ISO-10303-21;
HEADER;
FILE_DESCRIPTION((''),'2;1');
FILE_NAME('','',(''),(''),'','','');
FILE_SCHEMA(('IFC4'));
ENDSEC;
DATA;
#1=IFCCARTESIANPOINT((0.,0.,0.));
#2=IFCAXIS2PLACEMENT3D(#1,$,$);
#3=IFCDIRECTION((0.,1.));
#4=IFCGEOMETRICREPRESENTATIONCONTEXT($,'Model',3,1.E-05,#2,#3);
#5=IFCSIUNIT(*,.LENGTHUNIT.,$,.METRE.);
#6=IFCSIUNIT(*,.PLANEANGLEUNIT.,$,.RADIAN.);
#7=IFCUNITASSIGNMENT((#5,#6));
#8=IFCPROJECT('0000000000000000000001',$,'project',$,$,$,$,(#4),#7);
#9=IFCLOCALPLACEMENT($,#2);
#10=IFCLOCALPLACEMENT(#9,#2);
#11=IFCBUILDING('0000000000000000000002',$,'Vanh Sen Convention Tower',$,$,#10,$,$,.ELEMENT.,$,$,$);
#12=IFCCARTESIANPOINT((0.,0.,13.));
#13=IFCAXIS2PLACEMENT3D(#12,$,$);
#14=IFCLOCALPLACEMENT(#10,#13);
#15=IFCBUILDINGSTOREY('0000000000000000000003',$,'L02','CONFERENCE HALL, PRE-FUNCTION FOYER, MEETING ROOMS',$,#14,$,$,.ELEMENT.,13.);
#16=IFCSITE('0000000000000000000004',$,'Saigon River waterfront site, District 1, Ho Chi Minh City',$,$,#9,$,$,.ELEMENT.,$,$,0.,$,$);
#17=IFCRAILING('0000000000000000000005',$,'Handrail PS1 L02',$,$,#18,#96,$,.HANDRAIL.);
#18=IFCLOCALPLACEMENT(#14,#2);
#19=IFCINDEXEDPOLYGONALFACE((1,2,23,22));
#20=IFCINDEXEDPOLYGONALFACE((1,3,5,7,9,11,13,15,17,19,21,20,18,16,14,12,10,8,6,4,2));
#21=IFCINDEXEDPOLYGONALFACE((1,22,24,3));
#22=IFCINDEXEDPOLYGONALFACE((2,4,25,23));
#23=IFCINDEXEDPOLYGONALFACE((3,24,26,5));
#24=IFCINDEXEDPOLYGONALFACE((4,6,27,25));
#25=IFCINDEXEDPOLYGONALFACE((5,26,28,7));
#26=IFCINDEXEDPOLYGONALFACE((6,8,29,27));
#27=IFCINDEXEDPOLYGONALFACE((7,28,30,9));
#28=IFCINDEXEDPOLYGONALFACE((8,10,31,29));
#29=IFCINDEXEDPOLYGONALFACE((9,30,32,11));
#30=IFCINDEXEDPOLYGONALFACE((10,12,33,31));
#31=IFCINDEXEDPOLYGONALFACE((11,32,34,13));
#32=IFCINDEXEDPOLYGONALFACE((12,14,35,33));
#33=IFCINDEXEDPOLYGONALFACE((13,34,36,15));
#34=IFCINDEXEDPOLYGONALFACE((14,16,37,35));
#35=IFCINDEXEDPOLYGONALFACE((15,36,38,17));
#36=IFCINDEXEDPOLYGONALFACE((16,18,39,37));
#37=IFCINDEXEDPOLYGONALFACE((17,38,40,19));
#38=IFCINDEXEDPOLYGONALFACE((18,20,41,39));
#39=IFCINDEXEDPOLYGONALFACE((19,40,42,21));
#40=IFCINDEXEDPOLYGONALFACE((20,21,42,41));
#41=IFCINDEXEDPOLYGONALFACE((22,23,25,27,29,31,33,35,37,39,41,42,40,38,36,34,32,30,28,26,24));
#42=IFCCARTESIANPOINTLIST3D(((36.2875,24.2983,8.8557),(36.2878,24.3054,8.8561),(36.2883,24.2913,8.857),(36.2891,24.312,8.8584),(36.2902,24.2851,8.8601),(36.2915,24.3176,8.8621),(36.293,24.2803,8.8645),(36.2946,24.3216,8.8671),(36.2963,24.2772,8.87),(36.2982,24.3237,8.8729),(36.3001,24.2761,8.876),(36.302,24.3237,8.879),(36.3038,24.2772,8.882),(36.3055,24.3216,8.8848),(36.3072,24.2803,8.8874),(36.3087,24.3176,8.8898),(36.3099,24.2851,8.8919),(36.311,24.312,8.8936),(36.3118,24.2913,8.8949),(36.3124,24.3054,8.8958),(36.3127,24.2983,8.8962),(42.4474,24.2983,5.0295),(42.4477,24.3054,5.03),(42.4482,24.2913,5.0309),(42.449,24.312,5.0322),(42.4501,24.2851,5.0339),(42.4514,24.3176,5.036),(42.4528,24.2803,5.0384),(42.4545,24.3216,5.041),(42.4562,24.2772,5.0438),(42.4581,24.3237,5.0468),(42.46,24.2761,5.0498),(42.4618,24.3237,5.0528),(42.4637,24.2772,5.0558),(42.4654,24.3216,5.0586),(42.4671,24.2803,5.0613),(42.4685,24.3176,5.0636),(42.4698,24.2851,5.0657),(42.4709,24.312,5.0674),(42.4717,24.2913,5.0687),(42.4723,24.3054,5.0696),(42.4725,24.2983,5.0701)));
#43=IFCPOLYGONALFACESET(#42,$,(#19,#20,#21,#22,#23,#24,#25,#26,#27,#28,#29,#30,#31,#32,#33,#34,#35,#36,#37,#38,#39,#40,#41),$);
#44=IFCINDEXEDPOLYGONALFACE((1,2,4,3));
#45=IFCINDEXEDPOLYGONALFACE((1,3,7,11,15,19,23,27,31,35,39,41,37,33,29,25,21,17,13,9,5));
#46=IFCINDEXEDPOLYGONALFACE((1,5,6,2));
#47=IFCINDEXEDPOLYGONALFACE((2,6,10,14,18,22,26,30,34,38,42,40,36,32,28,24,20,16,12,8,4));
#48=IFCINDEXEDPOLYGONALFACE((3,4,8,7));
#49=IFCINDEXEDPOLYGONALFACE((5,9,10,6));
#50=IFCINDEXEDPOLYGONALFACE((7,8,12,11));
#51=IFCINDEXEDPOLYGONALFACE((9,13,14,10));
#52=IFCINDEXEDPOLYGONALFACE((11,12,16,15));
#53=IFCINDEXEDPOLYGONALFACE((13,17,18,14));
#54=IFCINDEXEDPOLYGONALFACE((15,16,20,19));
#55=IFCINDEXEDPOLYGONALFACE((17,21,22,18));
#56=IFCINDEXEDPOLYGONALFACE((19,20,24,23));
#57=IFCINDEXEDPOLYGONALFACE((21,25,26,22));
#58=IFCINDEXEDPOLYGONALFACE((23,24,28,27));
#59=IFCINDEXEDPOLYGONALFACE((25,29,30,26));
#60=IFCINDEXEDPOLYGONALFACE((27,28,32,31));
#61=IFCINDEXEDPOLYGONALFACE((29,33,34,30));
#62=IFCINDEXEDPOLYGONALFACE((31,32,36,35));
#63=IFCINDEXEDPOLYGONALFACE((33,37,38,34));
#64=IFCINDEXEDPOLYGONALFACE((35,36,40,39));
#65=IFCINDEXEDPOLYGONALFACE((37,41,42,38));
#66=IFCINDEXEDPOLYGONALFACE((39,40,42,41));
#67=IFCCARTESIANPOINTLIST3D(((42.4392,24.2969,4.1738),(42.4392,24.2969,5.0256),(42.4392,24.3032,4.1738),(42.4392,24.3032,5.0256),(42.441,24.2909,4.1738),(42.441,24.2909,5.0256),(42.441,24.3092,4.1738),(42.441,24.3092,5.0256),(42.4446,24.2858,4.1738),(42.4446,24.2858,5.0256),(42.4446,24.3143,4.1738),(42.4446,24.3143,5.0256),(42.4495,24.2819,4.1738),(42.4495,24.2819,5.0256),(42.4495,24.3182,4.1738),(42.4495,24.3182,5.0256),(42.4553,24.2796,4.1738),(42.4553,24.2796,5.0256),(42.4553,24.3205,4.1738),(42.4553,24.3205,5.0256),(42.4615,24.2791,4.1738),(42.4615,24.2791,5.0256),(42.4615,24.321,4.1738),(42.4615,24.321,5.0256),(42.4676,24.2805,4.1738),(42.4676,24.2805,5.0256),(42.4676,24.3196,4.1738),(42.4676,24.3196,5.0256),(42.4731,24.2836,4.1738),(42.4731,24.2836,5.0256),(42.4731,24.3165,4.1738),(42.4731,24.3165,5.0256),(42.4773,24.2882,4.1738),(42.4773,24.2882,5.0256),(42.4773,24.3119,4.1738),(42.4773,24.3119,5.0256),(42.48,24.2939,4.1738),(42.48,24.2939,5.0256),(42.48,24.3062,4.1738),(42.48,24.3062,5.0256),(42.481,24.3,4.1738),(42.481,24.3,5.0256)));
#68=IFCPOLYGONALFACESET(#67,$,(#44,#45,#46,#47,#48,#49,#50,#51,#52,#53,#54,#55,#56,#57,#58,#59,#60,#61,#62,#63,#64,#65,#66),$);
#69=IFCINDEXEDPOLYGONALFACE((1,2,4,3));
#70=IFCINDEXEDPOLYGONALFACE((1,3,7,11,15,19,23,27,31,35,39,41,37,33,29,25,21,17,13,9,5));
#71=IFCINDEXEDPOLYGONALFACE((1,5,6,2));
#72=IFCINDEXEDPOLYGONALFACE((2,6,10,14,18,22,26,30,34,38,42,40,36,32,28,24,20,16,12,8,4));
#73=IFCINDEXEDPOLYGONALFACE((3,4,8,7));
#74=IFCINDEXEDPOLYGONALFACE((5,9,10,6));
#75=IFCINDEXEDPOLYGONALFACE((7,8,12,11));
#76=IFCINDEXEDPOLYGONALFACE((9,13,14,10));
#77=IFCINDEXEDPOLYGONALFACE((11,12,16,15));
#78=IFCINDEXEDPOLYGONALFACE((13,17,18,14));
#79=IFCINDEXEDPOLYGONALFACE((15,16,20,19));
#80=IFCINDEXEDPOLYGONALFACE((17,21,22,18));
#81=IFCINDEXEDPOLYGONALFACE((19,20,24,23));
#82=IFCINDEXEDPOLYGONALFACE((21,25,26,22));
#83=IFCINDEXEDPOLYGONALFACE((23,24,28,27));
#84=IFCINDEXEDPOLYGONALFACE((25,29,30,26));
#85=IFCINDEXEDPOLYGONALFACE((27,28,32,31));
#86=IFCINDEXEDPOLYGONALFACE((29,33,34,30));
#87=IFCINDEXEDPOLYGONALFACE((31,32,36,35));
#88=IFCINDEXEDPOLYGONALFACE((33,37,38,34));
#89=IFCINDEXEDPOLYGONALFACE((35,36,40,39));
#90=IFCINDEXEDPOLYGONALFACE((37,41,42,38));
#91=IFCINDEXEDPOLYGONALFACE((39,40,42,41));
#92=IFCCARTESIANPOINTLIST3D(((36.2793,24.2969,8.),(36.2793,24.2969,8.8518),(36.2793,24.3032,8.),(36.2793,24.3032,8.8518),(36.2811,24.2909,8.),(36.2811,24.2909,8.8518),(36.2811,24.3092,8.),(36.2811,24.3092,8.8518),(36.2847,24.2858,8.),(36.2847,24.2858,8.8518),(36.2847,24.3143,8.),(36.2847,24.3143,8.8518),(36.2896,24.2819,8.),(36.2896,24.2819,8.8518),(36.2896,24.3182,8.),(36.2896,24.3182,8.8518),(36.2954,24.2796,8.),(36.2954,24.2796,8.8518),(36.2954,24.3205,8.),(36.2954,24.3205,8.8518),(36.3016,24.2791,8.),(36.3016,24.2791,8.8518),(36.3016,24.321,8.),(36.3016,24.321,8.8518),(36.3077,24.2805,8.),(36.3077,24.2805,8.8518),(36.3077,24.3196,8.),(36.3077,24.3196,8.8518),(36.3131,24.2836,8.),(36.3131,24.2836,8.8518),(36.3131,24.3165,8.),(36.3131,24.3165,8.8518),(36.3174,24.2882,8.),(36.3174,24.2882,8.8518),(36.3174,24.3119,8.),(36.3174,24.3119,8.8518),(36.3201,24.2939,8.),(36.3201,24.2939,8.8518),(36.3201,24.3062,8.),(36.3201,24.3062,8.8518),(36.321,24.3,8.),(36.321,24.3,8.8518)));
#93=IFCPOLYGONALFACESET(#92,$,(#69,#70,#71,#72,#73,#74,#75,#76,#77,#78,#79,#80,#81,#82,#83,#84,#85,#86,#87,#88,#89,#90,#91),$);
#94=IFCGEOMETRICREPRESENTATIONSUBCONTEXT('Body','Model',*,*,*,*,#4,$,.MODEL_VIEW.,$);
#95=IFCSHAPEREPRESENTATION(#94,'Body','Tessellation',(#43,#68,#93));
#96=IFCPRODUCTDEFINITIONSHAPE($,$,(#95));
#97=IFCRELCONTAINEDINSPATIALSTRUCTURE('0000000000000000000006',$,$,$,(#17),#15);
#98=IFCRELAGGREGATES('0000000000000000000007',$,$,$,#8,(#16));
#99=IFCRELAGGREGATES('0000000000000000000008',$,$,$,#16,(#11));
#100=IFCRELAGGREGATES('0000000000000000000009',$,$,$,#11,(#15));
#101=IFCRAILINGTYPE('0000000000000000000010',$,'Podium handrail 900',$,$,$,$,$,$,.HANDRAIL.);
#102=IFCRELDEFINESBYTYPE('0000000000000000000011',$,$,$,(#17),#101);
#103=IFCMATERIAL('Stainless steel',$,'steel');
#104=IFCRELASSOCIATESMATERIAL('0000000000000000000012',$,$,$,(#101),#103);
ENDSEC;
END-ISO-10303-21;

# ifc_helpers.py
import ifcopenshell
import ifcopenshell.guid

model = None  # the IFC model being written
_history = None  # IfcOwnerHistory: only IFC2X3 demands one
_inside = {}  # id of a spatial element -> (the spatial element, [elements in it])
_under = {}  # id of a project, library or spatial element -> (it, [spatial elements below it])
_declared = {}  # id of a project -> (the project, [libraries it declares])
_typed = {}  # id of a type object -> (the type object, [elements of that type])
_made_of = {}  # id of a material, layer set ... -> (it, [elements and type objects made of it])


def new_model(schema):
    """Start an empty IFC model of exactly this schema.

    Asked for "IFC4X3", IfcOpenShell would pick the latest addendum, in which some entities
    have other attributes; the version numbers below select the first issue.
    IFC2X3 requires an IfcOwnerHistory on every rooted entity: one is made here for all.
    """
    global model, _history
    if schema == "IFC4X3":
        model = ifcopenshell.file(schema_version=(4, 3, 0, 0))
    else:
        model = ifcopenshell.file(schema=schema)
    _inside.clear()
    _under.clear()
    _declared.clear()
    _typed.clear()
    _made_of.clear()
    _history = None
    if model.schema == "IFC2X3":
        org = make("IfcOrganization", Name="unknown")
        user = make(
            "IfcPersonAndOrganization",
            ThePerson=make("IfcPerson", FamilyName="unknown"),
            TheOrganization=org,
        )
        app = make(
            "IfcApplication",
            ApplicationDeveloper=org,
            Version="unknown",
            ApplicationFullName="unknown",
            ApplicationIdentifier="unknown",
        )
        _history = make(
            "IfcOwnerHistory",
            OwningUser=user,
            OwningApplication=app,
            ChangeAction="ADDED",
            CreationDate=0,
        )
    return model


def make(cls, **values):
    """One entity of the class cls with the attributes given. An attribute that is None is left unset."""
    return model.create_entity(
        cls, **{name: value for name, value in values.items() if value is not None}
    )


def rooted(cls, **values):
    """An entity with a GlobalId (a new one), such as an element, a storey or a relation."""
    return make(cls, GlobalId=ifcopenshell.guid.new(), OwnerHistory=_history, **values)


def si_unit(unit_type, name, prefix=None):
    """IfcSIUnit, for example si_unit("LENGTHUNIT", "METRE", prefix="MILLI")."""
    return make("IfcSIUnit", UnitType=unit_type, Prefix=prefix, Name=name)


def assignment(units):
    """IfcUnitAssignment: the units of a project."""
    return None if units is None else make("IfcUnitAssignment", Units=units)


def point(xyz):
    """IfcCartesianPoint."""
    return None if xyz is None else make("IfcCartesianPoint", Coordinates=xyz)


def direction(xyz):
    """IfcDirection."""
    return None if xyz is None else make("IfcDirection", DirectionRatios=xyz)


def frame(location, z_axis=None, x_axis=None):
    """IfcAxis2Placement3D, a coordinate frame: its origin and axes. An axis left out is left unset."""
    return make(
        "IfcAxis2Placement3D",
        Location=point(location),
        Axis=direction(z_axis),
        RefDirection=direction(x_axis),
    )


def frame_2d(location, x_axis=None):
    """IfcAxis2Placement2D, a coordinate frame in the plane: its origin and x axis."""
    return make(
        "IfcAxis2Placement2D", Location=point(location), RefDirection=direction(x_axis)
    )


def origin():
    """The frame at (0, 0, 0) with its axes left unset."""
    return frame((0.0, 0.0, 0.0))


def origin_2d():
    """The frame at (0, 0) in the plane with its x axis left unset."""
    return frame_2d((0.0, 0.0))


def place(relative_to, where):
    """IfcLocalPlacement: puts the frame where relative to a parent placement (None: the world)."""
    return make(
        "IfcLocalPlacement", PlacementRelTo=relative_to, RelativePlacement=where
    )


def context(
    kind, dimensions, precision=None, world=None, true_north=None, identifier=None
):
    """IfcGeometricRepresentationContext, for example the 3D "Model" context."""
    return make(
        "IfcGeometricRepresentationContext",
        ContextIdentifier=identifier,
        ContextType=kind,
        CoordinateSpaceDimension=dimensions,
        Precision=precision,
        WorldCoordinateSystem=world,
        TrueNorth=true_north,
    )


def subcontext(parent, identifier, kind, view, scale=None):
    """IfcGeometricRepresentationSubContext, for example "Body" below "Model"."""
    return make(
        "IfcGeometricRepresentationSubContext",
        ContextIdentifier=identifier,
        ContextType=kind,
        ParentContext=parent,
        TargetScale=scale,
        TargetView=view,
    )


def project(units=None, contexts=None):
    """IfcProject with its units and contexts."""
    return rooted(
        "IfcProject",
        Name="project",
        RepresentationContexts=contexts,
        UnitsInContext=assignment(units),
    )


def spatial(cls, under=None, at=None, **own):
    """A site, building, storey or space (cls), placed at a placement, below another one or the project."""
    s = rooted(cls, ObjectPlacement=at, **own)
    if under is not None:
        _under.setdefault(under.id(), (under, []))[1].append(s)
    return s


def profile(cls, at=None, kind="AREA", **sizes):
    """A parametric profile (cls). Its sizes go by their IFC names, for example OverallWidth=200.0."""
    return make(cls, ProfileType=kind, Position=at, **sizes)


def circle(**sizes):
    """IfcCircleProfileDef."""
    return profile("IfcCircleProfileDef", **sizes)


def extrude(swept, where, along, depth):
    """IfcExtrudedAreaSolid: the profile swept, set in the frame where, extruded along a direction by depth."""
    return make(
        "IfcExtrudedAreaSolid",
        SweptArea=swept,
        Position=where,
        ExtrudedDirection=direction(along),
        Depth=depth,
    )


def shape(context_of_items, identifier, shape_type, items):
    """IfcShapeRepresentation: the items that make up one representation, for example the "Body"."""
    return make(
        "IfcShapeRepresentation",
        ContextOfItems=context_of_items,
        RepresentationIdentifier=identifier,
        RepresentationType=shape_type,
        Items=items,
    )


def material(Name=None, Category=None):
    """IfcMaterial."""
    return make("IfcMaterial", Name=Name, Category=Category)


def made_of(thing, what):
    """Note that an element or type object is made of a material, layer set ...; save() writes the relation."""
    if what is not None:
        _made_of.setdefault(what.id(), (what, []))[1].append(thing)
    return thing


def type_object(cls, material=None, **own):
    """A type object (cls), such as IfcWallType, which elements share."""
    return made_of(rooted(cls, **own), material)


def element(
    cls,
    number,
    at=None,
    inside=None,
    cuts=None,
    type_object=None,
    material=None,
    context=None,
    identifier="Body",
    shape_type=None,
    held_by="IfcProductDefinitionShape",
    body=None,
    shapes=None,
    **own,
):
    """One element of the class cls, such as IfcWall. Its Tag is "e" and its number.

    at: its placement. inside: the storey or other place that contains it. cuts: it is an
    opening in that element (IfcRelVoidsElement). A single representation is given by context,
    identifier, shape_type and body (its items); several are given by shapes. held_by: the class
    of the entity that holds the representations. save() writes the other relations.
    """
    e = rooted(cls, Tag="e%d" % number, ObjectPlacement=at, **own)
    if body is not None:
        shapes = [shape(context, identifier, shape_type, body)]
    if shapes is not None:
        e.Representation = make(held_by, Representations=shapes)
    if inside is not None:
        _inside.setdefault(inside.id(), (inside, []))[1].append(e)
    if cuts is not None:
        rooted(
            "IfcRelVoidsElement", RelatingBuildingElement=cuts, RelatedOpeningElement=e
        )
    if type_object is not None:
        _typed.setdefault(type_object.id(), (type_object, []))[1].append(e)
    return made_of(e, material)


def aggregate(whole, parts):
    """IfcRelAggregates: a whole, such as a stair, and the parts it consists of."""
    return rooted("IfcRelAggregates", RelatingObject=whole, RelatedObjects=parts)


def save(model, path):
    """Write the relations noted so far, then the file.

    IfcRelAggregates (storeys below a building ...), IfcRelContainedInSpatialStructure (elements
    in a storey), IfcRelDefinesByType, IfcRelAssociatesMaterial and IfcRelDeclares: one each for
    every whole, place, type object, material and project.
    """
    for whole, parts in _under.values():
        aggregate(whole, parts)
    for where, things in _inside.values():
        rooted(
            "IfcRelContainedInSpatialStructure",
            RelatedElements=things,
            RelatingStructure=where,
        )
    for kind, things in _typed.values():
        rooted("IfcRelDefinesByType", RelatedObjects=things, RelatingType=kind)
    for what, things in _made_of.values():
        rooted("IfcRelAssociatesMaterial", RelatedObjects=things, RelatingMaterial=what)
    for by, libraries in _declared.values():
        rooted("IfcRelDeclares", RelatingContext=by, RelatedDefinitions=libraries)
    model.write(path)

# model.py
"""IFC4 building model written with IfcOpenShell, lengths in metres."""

from ifc_helpers import new_model, si_unit, direction, frame, origin, origin_2d, place, context, subcontext, project, spatial, circle, extrude, material, type_object, element, save


model = new_model("IFC4")

# Units and contexts
model_context = context("Model", 3, precision=1e-05, world=origin(), true_north=direction((0.0, 1.0)))
body_context = subcontext(model_context, "Body", "Model", "MODEL_VIEW")
ifc_project = project(units=[si_unit("LENGTHUNIT", "METRE"), si_unit("PLANEANGLEUNIT", "RADIAN")], contexts=[model_context])

# Site, building, storey
site_placement = place(None, origin())
site = spatial("IfcSite", under=ifc_project, at=site_placement, Name="Saigon River waterfront site, District 1, Ho Chi Minh City", CompositionType="ELEMENT", RefElevation=0.0)
building_placement = place(site_placement, origin())
building = spatial("IfcBuilding", under=site, at=building_placement, Name="Vanh Sen Convention Tower", CompositionType="ELEMENT")
storey_placement = place(building_placement, frame((0.0, 0.0, 13.0)))
storey = spatial("IfcBuildingStorey", under=building, at=storey_placement, Name="L02", Description="CONFERENCE HALL, PRE-FUNCTION FOYER, MEETING ROOMS", CompositionType="ELEMENT", Elevation=13.0)

# Railing
ifc_material_1 = material(Name="Stainless steel", Category="steel")
railing_type = type_object("IfcRailingType", Name="Podium handrail 900", PredefinedType="HANDRAIL", material=ifc_material_1)
for number, where, name in (
    (1, (42.46, 24.3, 4.1738), "Handrail PS1 L02"),
):
    element("IfcRailing", number, at=place(storey_placement, frame(where)), inside=storey, type_object=railing_type, Name=name, PredefinedType="HANDRAIL", context=body_context, shape_type="SweptSolid", body=[
        extrude(circle(Radius=0.0239, at=origin_2d()), frame((0.0, 0.0, 0.876), z_axis=(-0.849468, 0.0, 0.527639), x_axis=(0.0, -1.0, 0.0)), (0.0, 0.0, 1.0), 7.2515),
        extrude(circle(Radius=0.021, at=origin_2d()), origin(), (0.0, 0.0, 1.0), 0.8518),
        extrude(circle(Radius=0.021, at=origin_2d()), frame((-6.1599, 0.0, 3.8262)), (0.0, 0.0, 1.0), 0.8518),
    ])

save(model, "model.ifc")
